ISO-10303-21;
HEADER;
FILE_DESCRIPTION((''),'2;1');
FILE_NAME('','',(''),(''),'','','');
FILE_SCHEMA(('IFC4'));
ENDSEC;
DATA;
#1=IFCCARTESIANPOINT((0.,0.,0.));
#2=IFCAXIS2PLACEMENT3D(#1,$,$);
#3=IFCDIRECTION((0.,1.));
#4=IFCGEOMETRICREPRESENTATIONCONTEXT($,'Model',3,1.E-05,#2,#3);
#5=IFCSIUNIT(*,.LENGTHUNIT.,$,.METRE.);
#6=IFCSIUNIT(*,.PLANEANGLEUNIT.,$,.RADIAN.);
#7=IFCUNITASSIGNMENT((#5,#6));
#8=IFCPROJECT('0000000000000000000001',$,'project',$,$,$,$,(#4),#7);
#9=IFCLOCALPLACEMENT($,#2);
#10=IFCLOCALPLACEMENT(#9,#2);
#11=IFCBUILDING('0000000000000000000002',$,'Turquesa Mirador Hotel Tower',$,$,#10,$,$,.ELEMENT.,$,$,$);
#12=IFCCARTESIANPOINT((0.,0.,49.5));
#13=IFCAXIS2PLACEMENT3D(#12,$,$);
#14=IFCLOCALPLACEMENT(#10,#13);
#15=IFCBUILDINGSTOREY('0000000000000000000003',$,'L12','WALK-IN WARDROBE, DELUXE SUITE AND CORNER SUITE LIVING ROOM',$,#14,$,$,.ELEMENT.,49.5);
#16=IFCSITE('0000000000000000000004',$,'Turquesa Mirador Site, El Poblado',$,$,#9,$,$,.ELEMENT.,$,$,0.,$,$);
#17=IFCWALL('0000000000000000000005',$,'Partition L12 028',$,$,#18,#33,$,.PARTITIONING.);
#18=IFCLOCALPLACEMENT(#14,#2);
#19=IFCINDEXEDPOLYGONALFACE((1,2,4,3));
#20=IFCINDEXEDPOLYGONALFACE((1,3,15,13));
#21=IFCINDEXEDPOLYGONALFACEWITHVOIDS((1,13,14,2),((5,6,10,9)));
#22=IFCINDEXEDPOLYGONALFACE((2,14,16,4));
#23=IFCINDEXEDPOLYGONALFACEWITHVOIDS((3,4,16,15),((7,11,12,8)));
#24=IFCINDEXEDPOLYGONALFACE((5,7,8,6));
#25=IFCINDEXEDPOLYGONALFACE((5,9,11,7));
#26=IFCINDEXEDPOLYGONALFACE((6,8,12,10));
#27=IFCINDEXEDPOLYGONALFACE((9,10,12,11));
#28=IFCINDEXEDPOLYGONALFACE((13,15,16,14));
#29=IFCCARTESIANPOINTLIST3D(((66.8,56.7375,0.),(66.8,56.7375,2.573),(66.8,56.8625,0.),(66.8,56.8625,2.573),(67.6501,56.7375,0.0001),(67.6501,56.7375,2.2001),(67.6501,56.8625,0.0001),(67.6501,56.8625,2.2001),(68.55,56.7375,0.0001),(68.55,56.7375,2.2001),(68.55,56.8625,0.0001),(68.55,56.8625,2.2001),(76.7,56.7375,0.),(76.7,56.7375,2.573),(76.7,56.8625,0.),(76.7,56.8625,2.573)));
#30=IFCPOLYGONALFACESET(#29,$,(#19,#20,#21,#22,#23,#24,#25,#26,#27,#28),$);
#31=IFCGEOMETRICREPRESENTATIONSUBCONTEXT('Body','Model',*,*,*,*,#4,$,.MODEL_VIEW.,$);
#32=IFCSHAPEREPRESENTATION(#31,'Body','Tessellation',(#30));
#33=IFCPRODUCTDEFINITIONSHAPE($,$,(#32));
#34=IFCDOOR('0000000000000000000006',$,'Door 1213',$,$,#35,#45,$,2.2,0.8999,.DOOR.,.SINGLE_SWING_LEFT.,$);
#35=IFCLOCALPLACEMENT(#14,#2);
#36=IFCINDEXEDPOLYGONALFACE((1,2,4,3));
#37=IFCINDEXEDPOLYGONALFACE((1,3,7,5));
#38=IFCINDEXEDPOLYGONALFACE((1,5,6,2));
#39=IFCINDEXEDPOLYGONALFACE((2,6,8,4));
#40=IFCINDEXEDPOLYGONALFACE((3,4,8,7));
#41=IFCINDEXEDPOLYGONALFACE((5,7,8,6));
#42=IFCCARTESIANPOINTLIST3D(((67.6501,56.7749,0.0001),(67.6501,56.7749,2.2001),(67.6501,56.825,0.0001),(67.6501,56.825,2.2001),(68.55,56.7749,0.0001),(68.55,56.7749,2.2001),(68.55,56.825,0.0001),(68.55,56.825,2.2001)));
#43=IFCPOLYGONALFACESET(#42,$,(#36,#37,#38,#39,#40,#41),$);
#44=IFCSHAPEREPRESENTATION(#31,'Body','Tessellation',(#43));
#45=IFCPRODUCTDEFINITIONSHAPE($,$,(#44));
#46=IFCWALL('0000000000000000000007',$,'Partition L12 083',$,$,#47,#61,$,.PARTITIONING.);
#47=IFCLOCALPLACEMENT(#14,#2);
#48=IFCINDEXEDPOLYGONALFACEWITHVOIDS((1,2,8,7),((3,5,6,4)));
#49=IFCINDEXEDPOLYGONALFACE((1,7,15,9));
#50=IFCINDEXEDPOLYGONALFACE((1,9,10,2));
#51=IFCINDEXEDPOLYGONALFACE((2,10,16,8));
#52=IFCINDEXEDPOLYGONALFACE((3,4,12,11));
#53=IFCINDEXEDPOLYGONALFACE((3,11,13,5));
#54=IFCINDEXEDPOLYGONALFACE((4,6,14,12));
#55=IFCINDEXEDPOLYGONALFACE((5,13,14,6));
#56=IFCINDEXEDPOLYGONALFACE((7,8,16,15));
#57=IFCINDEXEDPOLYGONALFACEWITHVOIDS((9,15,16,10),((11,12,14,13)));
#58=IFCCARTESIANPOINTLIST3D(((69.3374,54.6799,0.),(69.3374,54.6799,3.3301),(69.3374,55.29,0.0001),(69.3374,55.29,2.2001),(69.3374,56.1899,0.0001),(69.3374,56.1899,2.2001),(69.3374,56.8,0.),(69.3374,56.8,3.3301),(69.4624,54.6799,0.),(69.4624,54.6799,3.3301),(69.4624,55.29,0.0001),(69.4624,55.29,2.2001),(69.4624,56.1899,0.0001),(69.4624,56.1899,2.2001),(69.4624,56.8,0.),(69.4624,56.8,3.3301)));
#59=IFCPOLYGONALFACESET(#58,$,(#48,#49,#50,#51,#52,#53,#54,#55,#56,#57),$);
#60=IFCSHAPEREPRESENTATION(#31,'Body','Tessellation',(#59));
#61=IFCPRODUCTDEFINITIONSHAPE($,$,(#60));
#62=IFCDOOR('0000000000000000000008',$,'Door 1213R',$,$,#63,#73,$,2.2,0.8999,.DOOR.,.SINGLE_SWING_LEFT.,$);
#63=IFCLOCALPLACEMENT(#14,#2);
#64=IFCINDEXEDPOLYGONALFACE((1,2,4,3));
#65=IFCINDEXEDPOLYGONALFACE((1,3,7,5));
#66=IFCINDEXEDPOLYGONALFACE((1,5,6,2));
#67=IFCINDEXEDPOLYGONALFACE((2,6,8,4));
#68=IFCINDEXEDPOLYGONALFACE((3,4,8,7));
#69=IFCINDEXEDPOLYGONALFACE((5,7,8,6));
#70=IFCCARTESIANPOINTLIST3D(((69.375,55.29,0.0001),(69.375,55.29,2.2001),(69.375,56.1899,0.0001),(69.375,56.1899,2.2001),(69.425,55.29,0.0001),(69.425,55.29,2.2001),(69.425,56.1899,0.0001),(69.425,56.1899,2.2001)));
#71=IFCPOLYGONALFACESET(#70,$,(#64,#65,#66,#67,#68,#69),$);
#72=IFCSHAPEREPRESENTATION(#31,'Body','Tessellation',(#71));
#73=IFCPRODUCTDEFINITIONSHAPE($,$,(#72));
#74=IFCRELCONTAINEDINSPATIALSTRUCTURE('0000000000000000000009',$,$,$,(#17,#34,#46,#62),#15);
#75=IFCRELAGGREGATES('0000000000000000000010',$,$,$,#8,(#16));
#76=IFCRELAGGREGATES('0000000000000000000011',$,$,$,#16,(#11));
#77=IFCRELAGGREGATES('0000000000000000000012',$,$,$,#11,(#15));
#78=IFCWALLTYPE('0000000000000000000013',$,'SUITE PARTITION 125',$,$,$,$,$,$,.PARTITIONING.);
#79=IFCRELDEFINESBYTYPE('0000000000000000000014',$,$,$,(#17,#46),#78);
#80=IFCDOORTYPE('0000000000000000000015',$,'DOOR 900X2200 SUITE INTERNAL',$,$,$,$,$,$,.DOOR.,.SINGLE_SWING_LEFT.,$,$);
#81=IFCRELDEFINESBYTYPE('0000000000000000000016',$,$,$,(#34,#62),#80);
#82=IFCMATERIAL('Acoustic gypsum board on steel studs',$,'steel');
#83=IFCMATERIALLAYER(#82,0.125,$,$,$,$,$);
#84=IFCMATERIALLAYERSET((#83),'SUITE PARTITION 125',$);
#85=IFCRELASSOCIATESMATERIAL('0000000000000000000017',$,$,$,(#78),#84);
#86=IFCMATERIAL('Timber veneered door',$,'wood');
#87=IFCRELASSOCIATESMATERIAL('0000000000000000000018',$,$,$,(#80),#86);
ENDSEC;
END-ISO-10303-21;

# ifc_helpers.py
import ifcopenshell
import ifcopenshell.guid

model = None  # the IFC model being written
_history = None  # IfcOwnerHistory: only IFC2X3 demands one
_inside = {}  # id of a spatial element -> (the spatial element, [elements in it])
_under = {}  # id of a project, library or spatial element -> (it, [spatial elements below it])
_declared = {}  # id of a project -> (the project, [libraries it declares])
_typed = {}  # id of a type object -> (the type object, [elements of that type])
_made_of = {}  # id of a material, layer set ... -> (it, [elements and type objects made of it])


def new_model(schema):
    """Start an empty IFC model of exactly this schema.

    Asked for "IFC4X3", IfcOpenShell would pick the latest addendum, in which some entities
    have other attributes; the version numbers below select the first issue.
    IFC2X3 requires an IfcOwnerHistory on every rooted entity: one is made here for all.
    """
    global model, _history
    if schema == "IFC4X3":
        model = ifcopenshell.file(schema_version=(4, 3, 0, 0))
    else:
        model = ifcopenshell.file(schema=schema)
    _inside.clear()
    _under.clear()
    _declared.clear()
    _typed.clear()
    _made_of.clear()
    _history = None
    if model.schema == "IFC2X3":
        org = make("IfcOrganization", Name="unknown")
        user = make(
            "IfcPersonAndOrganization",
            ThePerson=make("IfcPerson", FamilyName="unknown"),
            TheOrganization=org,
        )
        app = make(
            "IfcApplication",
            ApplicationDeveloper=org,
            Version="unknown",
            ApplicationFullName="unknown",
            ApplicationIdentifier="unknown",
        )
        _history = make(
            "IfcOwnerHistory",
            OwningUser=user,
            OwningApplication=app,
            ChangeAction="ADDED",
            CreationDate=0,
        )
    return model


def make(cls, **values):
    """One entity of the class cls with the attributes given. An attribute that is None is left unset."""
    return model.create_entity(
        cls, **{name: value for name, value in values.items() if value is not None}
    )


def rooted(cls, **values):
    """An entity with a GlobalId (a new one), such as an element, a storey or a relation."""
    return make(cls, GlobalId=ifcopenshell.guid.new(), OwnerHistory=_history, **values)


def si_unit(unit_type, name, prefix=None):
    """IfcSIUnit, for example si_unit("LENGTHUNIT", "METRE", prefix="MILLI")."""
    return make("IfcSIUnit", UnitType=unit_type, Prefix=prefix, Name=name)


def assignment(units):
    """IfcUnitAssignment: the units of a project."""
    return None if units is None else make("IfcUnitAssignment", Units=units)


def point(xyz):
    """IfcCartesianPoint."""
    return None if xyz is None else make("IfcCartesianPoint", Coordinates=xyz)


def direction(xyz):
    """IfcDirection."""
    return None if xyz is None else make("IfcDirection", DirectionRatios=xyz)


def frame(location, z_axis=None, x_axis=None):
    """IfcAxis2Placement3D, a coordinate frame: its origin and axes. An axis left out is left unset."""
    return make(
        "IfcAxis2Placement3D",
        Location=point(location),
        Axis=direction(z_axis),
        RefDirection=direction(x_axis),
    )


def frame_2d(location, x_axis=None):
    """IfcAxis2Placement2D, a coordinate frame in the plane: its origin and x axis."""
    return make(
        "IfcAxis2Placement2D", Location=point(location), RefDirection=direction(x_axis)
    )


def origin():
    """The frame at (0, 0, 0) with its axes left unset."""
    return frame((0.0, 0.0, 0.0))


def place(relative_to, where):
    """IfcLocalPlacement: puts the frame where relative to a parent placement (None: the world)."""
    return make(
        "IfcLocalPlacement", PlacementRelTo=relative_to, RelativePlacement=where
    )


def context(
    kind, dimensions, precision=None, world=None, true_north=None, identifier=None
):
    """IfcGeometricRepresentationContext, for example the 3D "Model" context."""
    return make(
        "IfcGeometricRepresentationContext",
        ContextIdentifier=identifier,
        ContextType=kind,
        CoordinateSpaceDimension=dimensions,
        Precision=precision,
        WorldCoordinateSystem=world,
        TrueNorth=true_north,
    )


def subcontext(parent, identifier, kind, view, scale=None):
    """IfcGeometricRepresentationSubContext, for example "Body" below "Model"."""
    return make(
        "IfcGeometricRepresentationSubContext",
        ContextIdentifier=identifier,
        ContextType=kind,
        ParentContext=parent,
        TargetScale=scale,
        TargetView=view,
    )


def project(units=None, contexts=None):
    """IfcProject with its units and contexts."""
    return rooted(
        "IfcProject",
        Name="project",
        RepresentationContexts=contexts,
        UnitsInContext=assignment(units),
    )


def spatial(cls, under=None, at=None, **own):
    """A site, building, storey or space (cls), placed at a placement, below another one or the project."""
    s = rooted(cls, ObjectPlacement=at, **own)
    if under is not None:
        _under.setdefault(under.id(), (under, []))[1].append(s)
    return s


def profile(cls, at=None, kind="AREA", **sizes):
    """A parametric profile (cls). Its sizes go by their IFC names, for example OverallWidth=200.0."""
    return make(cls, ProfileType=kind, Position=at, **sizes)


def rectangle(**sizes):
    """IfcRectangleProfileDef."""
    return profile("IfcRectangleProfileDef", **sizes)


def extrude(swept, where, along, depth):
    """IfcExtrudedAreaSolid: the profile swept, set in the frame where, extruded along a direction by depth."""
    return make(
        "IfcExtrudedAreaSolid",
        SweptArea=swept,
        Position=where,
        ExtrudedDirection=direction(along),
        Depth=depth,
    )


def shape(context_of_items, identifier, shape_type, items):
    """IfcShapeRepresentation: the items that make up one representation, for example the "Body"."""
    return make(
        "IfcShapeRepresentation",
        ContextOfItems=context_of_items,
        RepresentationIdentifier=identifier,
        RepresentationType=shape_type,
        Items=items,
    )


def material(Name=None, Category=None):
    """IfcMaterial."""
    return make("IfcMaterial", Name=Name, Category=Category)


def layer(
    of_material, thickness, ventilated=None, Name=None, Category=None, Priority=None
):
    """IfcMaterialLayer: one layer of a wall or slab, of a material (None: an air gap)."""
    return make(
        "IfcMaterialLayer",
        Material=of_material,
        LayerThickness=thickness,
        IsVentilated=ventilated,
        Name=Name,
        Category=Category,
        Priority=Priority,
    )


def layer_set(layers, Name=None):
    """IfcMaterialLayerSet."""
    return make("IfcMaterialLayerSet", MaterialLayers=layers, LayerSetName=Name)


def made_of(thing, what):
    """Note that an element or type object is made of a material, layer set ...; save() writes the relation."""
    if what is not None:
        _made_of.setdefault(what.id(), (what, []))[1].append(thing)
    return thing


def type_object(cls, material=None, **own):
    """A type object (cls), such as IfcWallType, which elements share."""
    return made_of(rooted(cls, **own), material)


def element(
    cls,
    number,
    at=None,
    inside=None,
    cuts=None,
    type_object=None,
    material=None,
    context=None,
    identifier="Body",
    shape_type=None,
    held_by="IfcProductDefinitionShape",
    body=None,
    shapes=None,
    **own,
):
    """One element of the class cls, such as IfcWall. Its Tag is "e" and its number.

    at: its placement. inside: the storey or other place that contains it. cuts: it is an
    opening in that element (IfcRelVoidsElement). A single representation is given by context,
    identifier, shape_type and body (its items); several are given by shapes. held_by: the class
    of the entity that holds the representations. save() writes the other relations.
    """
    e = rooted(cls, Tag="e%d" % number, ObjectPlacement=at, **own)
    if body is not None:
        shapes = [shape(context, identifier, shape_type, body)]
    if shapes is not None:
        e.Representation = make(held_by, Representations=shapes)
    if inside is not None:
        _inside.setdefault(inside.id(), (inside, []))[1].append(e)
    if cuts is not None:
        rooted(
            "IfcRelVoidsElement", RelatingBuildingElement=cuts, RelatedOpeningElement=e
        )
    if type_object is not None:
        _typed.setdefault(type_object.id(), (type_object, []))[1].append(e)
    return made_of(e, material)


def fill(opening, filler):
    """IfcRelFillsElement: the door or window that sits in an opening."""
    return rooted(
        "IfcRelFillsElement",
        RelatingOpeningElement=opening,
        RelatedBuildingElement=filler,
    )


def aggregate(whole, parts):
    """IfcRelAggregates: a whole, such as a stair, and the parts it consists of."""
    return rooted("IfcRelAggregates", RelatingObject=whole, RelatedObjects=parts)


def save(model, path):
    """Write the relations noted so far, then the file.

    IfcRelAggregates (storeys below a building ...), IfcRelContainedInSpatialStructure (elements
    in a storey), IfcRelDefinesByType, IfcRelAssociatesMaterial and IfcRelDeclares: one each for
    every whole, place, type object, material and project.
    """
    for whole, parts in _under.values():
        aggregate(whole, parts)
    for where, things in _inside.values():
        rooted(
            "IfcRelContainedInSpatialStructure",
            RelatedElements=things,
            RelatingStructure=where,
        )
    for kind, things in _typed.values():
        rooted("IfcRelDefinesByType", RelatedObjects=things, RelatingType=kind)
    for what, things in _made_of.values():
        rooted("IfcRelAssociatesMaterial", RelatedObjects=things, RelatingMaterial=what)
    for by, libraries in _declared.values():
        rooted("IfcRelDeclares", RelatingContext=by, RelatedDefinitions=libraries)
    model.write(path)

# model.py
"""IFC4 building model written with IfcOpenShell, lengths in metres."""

from ifc_helpers import new_model, si_unit, direction, frame, frame_2d, origin, place, context, subcontext, project, spatial, rectangle, extrude, material, layer, layer_set, type_object, element, fill, save


model = new_model("IFC4")

# Units and contexts
model_context = context("Model", 3, precision=1e-05, world=origin(), true_north=direction((0.0, 1.0)))
body_context = subcontext(model_context, "Body", "Model", "MODEL_VIEW")
ifc_project = project(units=[si_unit("LENGTHUNIT", "METRE"), si_unit("PLANEANGLEUNIT", "RADIAN")], contexts=[model_context])

# Site, building, storey
site_placement = place(None, origin())
site = spatial("IfcSite", under=ifc_project, at=site_placement, Name="Turquesa Mirador Site, El Poblado", CompositionType="ELEMENT", RefElevation=0.0)
building_placement = place(site_placement, origin())
building = spatial("IfcBuilding", under=site, at=building_placement, Name="Turquesa Mirador Hotel Tower", CompositionType="ELEMENT")
storey_placement = place(building_placement, frame((0.0, 0.0, 49.5)))
storey = spatial("IfcBuildingStorey", under=building, at=storey_placement, Name="L12", Description="WALK-IN WARDROBE, DELUXE SUITE AND CORNER SUITE LIVING ROOM", CompositionType="ELEMENT", Elevation=49.5)

# Walls, openings, doors
ifc_material_1 = material(Name="Acoustic gypsum board on steel studs", Category="steel")
ifc_layer_1 = layer(ifc_material_1, 0.125)
ifc_layer_set_1 = layer_set([ifc_layer_1], Name="SUITE PARTITION 125")
wall_type_1 = type_object("IfcWallType", Name="SUITE PARTITION 125", PredefinedType="PARTITIONING", material=ifc_layer_set_1)
wall_1_placement = place(storey_placement, frame((66.8, 56.8, 0.0), z_axis=(0.0, 0.0, 1.0), x_axis=(1.0, 0.0, 0.0)))
wall_1 = element("IfcWall", 1, at=wall_1_placement, inside=storey, type_object=wall_type_1, Name="Partition L12 028", PredefinedType="PARTITIONING", context=body_context, shape_type="SweptSolid", body=[
    extrude(rectangle(XDim=9.8999, YDim=0.125, at=frame_2d((4.95, 0.0))), origin(), (0.0, 0.0, 1.0), 2.573),
])
opening_1_placement = place(wall_1_placement, frame((0.8501, 0.0, 0.0)))
opening_1 = element("IfcOpeningElement", 2, at=opening_1_placement, cuts=wall_1, PredefinedType="OPENING", context=body_context, shape_type="SweptSolid", body=[
    extrude(rectangle(XDim=0.8999, YDim=2.2, at=frame_2d((0.45, 1.1001))), frame((0.0, 0.0725, 0.0), z_axis=(0.0, -1.0, 0.0), x_axis=(1.0, 0.0, 0.0)), (0.0, 0.0, 1.0), 0.145),
])
ifc_material_2 = material(Name="Timber veneered door", Category="wood")
door_type = type_object("IfcDoorType", Name="DOOR 900X2200 SUITE INTERNAL", OperationType="SINGLE_SWING_LEFT", PredefinedType="DOOR", material=ifc_material_2)
door_1_placement = place(opening_1_placement, origin())
door_1 = element("IfcDoor", 3, at=door_1_placement, inside=storey, type_object=door_type, Name="Door 1213", OperationType="SINGLE_SWING_LEFT", OverallHeight=2.2, OverallWidth=0.8999, PredefinedType="DOOR", context=body_context, shape_type="SweptSolid", body=[
    extrude(rectangle(XDim=0.8999, YDim=2.2, at=frame_2d((0.45, 1.1001))), frame((0.0, 0.0249, 0.0), z_axis=(0.0, -1.0, 0.0), x_axis=(1.0, 0.0, 0.0)), (0.0, 0.0, 1.0), 0.05),
])
fill(opening_1, door_1)
wall_2_placement = place(storey_placement, frame((69.3999, 54.6799, 0.0), z_axis=(0.0, 0.0, 1.0), x_axis=(0.0, 1.0, 0.0)))
wall_2 = element("IfcWall", 4, at=wall_2_placement, inside=storey, type_object=wall_type_1, Name="Partition L12 083", PredefinedType="PARTITIONING", context=body_context, shape_type="SweptSolid", body=[
    extrude(rectangle(XDim=2.1201, YDim=0.125, at=frame_2d((1.0601, 0.0))), origin(), (0.0, 0.0, 1.0), 3.3301),
])
opening_2_placement = place(wall_2_placement, frame((0.6101, 0.0, 0.0)))
opening_2 = element("IfcOpeningElement", 5, at=opening_2_placement, cuts=wall_2, PredefinedType="OPENING", context=body_context, shape_type="SweptSolid", body=[
    extrude(rectangle(XDim=0.8999, YDim=2.2, at=frame_2d((0.45, 1.1001))), frame((0.0, 0.0725, 0.0), z_axis=(0.0, -1.0, 0.0), x_axis=(1.0, 0.0, 0.0)), (0.0, 0.0, 1.0), 0.145),
])
door_2_placement = place(opening_2_placement, origin())
door_2 = element("IfcDoor", 6, at=door_2_placement, inside=storey, type_object=door_type, Name="Door 1213R", OperationType="SINGLE_SWING_LEFT", OverallHeight=2.2, OverallWidth=0.8999, PredefinedType="DOOR", context=body_context, shape_type="SweptSolid", body=[
    extrude(rectangle(XDim=0.8999, YDim=2.2, at=frame_2d((0.45, 1.1001))), frame((0.0, 0.0249, 0.0), z_axis=(0.0, -1.0, 0.0), x_axis=(1.0, 0.0, 0.0)), (0.0, 0.0, 1.0), 0.05),
])
fill(opening_2, door_2)

save(model, "model.ifc")
